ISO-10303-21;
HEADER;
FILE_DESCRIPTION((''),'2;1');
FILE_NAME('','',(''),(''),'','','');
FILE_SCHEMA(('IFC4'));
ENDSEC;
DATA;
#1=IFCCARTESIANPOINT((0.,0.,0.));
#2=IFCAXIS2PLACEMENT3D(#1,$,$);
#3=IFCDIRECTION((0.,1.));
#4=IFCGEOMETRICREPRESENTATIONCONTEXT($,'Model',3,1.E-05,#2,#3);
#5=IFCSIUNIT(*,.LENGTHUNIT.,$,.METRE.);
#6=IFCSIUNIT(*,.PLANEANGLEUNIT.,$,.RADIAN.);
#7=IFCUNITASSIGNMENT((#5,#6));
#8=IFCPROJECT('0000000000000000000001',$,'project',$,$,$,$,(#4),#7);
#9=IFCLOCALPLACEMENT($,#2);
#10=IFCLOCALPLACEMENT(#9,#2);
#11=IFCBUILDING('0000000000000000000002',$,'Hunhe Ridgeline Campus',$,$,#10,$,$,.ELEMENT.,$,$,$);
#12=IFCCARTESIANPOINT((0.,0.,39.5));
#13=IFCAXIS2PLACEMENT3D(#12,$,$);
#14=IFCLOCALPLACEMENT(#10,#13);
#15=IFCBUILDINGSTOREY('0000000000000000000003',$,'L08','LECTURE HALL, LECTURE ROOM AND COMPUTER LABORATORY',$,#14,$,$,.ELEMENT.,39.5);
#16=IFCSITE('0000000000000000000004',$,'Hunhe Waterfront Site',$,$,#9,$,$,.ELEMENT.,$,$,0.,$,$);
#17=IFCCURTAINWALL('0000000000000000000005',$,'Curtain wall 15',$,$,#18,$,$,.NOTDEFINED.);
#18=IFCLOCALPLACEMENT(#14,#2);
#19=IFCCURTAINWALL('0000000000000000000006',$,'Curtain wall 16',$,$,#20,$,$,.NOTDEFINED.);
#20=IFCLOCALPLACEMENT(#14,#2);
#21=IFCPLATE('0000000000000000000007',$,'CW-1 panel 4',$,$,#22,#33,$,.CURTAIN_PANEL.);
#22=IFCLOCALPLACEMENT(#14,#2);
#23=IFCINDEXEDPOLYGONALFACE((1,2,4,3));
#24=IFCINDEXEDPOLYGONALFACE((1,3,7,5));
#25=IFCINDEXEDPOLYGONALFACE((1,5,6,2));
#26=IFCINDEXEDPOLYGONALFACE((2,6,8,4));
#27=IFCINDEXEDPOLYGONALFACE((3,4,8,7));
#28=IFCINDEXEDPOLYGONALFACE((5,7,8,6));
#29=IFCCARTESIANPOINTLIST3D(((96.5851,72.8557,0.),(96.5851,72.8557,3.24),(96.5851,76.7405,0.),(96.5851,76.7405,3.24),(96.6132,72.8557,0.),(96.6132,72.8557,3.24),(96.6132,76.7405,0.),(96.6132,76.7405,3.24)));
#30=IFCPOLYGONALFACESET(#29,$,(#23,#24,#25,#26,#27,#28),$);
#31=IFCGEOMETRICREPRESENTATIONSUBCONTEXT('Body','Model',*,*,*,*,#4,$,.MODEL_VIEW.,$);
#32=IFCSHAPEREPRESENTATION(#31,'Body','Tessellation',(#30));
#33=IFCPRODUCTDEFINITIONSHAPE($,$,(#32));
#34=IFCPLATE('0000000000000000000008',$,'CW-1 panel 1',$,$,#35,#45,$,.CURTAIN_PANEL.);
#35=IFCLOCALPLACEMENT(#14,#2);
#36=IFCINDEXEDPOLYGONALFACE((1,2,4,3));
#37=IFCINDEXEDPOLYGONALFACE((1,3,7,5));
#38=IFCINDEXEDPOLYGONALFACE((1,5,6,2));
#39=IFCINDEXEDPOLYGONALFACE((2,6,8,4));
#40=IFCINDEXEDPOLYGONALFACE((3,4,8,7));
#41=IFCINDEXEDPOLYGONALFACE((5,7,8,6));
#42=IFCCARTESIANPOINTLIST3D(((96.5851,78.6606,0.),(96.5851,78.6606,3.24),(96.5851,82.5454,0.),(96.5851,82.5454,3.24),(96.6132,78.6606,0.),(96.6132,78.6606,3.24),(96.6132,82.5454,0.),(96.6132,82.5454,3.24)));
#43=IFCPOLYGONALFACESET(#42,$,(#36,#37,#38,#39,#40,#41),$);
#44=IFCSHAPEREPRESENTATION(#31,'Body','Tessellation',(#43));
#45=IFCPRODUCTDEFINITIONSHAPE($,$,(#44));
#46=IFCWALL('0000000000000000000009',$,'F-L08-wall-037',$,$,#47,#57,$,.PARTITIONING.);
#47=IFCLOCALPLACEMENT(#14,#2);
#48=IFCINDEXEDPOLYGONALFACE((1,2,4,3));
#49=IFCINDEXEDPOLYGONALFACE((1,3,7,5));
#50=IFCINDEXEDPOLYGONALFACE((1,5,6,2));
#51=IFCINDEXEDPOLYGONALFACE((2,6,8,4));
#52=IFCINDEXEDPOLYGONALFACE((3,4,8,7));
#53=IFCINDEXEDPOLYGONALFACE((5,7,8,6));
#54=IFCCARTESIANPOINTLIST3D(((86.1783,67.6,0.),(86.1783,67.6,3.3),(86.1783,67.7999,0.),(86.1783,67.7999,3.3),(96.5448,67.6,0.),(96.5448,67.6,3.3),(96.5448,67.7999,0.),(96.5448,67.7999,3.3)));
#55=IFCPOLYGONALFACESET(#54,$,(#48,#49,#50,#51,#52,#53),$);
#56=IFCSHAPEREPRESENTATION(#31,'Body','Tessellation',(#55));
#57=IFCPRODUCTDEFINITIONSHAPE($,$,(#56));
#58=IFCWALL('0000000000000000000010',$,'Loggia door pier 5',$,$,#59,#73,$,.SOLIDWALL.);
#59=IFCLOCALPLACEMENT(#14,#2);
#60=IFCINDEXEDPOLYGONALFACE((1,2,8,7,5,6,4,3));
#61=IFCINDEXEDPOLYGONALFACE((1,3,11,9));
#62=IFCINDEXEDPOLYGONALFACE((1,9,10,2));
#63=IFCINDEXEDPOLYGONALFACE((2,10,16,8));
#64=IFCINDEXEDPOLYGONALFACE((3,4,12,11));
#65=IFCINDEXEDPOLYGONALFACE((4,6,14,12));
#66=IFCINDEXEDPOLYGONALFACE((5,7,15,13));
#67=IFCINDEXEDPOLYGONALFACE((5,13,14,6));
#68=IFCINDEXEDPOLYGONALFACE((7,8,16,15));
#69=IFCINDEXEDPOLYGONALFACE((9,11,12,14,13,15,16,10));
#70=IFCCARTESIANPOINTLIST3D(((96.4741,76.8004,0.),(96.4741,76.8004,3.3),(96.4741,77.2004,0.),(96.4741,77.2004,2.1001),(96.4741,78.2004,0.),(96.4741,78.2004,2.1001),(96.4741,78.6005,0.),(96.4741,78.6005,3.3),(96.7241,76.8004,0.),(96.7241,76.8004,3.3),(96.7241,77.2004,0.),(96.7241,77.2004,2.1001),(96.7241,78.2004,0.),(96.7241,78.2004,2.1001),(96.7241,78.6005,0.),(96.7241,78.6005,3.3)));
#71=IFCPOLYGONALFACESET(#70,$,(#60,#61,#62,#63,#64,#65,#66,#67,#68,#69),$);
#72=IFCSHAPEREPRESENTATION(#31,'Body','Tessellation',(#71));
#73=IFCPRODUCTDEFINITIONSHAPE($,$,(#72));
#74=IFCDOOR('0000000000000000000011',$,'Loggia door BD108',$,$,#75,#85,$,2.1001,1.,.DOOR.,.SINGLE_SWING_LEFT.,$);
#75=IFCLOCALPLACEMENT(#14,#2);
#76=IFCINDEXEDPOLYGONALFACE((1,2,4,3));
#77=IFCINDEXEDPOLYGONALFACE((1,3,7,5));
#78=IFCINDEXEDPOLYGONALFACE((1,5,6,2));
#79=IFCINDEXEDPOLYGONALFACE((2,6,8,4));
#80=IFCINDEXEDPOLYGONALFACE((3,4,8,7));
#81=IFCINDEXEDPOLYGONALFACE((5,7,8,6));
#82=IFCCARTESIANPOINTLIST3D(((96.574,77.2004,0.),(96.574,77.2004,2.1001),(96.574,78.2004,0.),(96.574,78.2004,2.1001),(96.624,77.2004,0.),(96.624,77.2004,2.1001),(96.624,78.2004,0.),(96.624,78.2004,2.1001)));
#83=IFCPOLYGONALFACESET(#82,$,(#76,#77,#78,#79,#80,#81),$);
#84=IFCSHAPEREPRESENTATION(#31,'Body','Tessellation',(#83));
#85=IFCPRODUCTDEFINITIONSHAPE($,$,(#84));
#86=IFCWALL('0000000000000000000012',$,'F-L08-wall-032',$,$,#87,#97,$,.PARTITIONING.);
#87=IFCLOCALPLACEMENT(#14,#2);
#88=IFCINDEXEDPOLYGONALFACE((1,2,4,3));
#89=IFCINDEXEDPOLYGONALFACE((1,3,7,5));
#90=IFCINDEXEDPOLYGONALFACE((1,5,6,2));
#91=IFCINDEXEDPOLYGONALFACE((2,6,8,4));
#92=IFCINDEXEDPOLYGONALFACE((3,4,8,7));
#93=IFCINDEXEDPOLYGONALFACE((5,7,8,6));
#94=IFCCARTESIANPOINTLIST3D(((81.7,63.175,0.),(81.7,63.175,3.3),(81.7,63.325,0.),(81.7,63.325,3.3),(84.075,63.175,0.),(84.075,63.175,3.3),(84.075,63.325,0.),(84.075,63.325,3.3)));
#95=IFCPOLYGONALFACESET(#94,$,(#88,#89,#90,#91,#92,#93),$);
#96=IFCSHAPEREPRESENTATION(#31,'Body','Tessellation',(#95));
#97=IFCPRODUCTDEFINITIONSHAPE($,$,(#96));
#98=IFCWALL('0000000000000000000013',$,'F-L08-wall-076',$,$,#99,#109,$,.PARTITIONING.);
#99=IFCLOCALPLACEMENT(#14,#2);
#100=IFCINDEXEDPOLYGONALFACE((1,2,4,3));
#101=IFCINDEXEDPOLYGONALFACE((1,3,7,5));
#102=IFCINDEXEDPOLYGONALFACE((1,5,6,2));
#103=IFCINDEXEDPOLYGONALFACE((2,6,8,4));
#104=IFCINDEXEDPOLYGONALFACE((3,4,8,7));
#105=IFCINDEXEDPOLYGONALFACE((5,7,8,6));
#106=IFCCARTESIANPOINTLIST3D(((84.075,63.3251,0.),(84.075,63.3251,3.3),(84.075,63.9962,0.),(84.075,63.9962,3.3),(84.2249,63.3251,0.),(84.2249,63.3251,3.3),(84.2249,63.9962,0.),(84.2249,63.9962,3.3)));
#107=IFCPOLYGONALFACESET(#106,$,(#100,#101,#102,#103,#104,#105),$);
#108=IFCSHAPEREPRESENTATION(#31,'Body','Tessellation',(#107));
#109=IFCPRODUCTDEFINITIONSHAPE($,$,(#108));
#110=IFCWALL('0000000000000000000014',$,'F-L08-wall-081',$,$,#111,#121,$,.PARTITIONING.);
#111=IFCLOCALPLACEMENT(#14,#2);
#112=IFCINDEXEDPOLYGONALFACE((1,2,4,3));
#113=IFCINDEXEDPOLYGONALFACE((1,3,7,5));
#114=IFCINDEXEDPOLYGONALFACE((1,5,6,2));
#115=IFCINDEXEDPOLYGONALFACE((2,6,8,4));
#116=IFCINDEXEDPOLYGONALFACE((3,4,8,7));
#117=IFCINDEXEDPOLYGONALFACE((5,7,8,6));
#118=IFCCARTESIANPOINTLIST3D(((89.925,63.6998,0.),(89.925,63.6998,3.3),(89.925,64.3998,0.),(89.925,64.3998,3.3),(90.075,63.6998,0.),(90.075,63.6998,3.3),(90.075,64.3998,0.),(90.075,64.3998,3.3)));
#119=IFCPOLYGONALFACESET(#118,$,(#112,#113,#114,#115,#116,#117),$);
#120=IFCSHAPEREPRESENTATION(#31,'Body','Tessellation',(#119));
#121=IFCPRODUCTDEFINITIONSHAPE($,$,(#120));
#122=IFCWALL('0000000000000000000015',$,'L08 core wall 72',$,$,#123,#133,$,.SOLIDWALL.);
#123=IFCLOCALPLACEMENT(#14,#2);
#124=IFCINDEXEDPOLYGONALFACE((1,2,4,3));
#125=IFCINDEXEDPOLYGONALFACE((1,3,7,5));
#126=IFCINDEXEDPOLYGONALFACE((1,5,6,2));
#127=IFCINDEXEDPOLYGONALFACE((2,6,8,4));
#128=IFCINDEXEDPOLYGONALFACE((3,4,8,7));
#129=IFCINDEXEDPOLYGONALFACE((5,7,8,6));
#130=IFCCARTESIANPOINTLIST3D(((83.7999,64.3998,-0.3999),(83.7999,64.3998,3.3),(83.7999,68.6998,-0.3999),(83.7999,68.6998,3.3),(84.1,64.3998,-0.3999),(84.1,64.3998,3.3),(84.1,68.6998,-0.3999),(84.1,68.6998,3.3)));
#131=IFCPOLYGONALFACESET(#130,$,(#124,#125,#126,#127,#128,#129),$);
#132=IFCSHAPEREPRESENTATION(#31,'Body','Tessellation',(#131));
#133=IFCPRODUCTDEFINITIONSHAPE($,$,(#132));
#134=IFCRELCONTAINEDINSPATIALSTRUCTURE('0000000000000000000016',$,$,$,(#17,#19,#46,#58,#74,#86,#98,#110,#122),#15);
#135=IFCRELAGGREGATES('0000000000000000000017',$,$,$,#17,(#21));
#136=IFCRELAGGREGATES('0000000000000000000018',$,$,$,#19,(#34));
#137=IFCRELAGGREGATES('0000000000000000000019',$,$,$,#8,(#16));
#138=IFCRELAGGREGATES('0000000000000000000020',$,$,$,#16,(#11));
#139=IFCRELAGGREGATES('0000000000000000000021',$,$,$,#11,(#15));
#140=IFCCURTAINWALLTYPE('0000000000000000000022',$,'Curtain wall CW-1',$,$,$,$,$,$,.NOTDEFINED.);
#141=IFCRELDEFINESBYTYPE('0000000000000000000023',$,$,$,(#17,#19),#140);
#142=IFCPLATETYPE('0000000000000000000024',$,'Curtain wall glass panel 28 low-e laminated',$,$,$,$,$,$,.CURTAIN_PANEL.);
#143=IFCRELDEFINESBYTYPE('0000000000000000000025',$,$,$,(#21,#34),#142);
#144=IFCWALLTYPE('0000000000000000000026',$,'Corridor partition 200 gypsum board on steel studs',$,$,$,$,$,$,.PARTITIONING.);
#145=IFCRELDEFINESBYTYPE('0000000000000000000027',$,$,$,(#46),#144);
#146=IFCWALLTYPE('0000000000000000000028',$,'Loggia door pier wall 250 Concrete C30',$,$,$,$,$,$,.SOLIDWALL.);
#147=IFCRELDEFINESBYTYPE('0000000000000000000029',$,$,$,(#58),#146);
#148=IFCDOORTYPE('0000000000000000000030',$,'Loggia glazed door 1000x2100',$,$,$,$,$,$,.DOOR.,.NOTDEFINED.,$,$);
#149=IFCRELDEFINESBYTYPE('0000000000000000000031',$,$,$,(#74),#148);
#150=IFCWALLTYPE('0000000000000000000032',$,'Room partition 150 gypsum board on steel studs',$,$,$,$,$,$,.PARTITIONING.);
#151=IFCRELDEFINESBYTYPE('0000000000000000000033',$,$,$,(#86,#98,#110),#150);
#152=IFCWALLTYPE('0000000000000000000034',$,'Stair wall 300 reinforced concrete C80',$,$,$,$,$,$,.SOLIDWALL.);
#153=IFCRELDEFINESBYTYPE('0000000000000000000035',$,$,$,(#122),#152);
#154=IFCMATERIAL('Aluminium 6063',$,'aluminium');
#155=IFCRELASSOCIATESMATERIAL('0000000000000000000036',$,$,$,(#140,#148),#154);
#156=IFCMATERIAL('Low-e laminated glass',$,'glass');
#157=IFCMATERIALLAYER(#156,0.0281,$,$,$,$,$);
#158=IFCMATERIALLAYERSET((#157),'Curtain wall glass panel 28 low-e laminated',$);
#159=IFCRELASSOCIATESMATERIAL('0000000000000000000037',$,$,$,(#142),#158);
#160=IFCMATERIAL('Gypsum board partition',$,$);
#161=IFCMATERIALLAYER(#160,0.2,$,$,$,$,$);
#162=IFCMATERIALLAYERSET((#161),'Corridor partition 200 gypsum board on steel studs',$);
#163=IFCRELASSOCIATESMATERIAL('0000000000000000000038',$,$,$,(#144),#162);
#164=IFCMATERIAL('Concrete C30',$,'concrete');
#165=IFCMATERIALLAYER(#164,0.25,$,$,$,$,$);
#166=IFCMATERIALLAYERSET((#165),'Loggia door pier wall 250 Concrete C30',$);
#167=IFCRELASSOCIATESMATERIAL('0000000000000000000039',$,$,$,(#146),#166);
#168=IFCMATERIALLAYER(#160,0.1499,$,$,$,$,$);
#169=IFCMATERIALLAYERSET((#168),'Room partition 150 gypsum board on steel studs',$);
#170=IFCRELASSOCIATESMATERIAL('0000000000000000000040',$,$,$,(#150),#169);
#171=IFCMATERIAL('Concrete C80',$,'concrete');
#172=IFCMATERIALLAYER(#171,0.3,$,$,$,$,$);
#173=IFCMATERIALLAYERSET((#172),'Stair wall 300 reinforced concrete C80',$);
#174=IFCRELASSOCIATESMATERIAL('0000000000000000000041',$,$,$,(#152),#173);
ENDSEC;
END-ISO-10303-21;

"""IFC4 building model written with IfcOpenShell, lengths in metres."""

from ifc_helpers import new_model, si_unit, direction, frame, frame_2d, origin, origin_2d, place, context, subcontext, project, spatial, rectangle, extrude, material, layer, layer_set, type_object, element, fill, aggregate, save


model = new_model("IFC4")

# Units and contexts
model_context = context("Model", 3, precision=1e-05, world=origin(), true_north=direction((0.0, 1.0)))
body_context = subcontext(model_context, "Body", "Model", "MODEL_VIEW")
ifc_project = project(units=[si_unit("LENGTHUNIT", "METRE"), si_unit("PLANEANGLEUNIT", "RADIAN")], contexts=[model_context])

# Site, building, storey
site_placement = place(None, origin())
site = spatial("IfcSite", under=ifc_project, at=site_placement, Name="Hunhe Waterfront Site", CompositionType="ELEMENT", RefElevation=0.0)
building_placement = place(site_placement, origin())
building = spatial("IfcBuilding", under=site, at=building_placement, Name="Hunhe Ridgeline Campus", CompositionType="ELEMENT")
storey_placement = place(building_placement, frame((0.0, 0.0, 39.5)))
storey = spatial("IfcBuildingStorey", under=building, at=storey_placement, Name="L08", Description="LECTURE HALL, LECTURE ROOM AND COMPUTER LABORATORY", CompositionType="ELEMENT", Elevation=39.5)

# Shared definitions
ifc_material_1 = material(Name="Concrete C80", Category="concrete")

# Curtain walls
ifc_material_2 = material(Name="Aluminium 6063", Category="aluminium")
curtain_wall_type = type_object("IfcCurtainWallType", Name="Curtain wall CW-1", PredefinedType="NOTDEFINED", material=ifc_material_2)
curtain_wall_1_placement = place(storey_placement, origin())
curtain_wall_1 = element("IfcCurtainWall", 1, at=curtain_wall_1_placement, inside=storey, type_object=curtain_wall_type, Name="Curtain wall 15", PredefinedType="NOTDEFINED")
curtain_wall_2_placement = place(storey_placement, origin())
curtain_wall_2 = element("IfcCurtainWall", 2, at=curtain_wall_2_placement, inside=storey, type_object=curtain_wall_type, Name="Curtain wall 16", PredefinedType="NOTDEFINED")

# Plates
ifc_material_3 = material(Name="Low-e laminated glass", Category="glass")
ifc_layer_1 = layer(ifc_material_3, 0.0281)
ifc_layer_set_1 = layer_set([ifc_layer_1], Name="Curtain wall glass panel 28 low-e laminated")
plate_type = type_object("IfcPlateType", Name="Curtain wall glass panel 28 low-e laminated", PredefinedType="CURTAIN_PANEL", material=ifc_layer_set_1)
plate_1_placement = place(storey_placement, frame((96.5991, 74.7981, 0.0), z_axis=(0.0, 0.0, 1.0), x_axis=(0.0, 1.0, 0.0)))
plate_1 = element("IfcPlate", 3, at=plate_1_placement, type_object=plate_type, Name="CW-1 panel 4", PredefinedType="CURTAIN_PANEL", context=body_context, shape_type="SweptSolid", body=[
    extrude(rectangle(XDim=3.8848, YDim=0.0281, at=origin_2d()), origin(), (0.0, 0.0, 1.0), 3.24),
])
aggregate(curtain_wall_1, [plate_1])
plate_2_placement = place(storey_placement, frame((96.5991, 80.603, 0.0), z_axis=(0.0, 0.0, 1.0), x_axis=(0.0, 1.0, 0.0)))
plate_2 = element("IfcPlate", 4, at=plate_2_placement, type_object=plate_type, Name="CW-1 panel 1", PredefinedType="CURTAIN_PANEL", context=body_context, shape_type="SweptSolid", body=[
    extrude(rectangle(XDim=3.8848, YDim=0.0281, at=origin_2d()), origin(), (0.0, 0.0, 1.0), 3.24),
])
aggregate(curtain_wall_2, [plate_2])

# Shared definitions
ifc_material_4 = material(Name="Gypsum board partition")
ifc_layer_2 = layer(ifc_material_4, 0.2)
ifc_layer_set_2 = layer_set([ifc_layer_2], Name="Corridor partition 200 gypsum board on steel studs")
wall_type_1 = type_object("IfcWallType", Name="Corridor partition 200 gypsum board on steel studs", PredefinedType="PARTITIONING", material=ifc_layer_set_2)

# Wall
wall_1_placement = place(storey_placement, frame((86.1785, 67.7, 0.0), z_axis=(0.0, 0.0, 1.0), x_axis=(1.0, 0.0, 0.0)))
element("IfcWall", 5, at=wall_1_placement, inside=storey, type_object=wall_type_1, Name="F-L08-wall-037", PredefinedType="PARTITIONING", context=body_context, shape_type="SweptSolid", body=[
    extrude(rectangle(XDim=10.3665, YDim=0.2, at=frame_2d((5.1831, 0.0))), origin(), (0.0, 0.0, 1.0), 3.3),
])

# Wall, opening, door
ifc_material_5 = material(Name="Concrete C30", Category="concrete")
ifc_layer_3 = layer(ifc_material_5, 0.25)
ifc_layer_set_3 = layer_set([ifc_layer_3], Name="Loggia door pier wall 250 Concrete C30")
wall_type_2 = type_object("IfcWallType", Name="Loggia door pier wall 250 Concrete C30", PredefinedType="SOLIDWALL", material=ifc_layer_set_3)
wall_2_placement = place(storey_placement, frame((96.5991, 76.8005, 0.0), z_axis=(0.0, 0.0, 1.0), x_axis=(0.0, 1.0, 0.0)))
wall_2 = element("IfcWall", 6, at=wall_2_placement, inside=storey, type_object=wall_type_2, Name="Loggia door pier 5", PredefinedType="SOLIDWALL", context=body_context, shape_type="SweptSolid", body=[
    extrude(rectangle(XDim=1.8, YDim=0.25, at=frame_2d((0.8999, 0.0))), origin(), (0.0, 0.0, 1.0), 3.3),
])
opening_1_placement = place(wall_2_placement, frame((0.3999, 0.0, 0.0)))
opening_1 = element("IfcOpeningElement", 7, at=opening_1_placement, cuts=wall_2, PredefinedType="OPENING", context=body_context, shape_type="SweptSolid", body=[
    extrude(rectangle(XDim=1.0, YDim=2.1001, at=frame_2d((0.5, 1.05))), frame((0.0, 0.125, 0.0), z_axis=(0.0, -1.0, 0.0), x_axis=(1.0, 0.0, 0.0)), (0.0, 0.0, 1.0), 0.25),
])
door_type_1 = type_object("IfcDoorType", Name="Loggia glazed door 1000x2100", OperationType="NOTDEFINED", PredefinedType="DOOR", material=ifc_material_2)
door_1_placement = place(opening_1_placement, frame((1.0, 0.0, 0.0), z_axis=(0.0, 0.0, 1.0), x_axis=(-1.0, 0.0, 0.0)))
door_1 = element("IfcDoor", 8, at=door_1_placement, inside=storey, type_object=door_type_1, Name="Loggia door BD108", OperationType="SINGLE_SWING_LEFT", OverallHeight=2.1001, OverallWidth=1.0, PredefinedType="DOOR", context=body_context, shape_type="SweptSolid", body=[
    extrude(rectangle(XDim=1.0, YDim=2.1001, at=frame_2d((0.5, 1.05))), frame((0.0, 0.0249, 0.0), z_axis=(0.0, -1.0, 0.0), x_axis=(1.0, 0.0, 0.0)), (0.0, 0.0, 1.0), 0.05),
])
fill(opening_1, door_1)

# Walls
ifc_layer_4 = layer(ifc_material_4, 0.1499)
ifc_layer_set_4 = layer_set([ifc_layer_4], Name="Room partition 150 gypsum board on steel studs")
wall_type_3 = type_object("IfcWallType", Name="Room partition 150 gypsum board on steel studs", PredefinedType="PARTITIONING", material=ifc_layer_set_4)
wall_3_placement = place(storey_placement, frame((81.7, 63.25, 0.0), z_axis=(0.0, 0.0, 1.0), x_axis=(1.0, 0.0, 0.0)))
element("IfcWall", 9, at=wall_3_placement, inside=storey, type_object=wall_type_3, Name="F-L08-wall-032", PredefinedType="PARTITIONING", context=body_context, shape_type="SweptSolid", body=[
    extrude(rectangle(XDim=2.375, YDim=0.1499, at=frame_2d((1.1875, 0.0))), origin(), (0.0, 0.0, 1.0), 3.3),
])
wall_4_placement = place(storey_placement, frame((84.1499, 63.9961, 0.0), z_axis=(0.0, 0.0, 1.0), x_axis=(0.0, -1.0, 0.0)))
element("IfcWall", 10, at=wall_4_placement, inside=storey, type_object=wall_type_3, Name="F-L08-wall-076", PredefinedType="PARTITIONING", context=body_context, shape_type="SweptSolid", body=[
    extrude(rectangle(XDim=0.6711, YDim=0.1499, at=frame_2d((0.3354, 0.0))), origin(), (0.0, 0.0, 1.0), 3.3),
])
wall_5_placement = place(storey_placement, frame((90.0, 64.3999, 0.0), z_axis=(0.0, 0.0, 1.0), x_axis=(0.0, -1.0, 0.0)))
element("IfcWall", 11, at=wall_5_placement, inside=storey, type_object=wall_type_3, Name="F-L08-wall-081", PredefinedType="PARTITIONING", context=body_context, shape_type="SweptSolid", body=[
    extrude(rectangle(XDim=0.7, YDim=0.1499, at=frame_2d((0.3501, 0.0))), origin(), (0.0, 0.0, 1.0), 3.3),
])
ifc_layer_5 = layer(ifc_material_1, 0.3)
ifc_layer_set_5 = layer_set([ifc_layer_5], Name="Stair wall 300 reinforced concrete C80")
wall_type_4 = type_object("IfcWallType", Name="Stair wall 300 reinforced concrete C80", PredefinedType="SOLIDWALL", material=ifc_layer_set_5)
wall_6_placement = place(storey_placement, frame((83.95, 64.3999, -0.3999), z_axis=(0.0, 0.0, 1.0), x_axis=(0.0, 1.0, 0.0)))
element("IfcWall", 12, at=wall_6_placement, inside=storey, type_object=wall_type_4, Name="L08 core wall 72", PredefinedType="SOLIDWALL", context=body_context, shape_type="SweptSolid", body=[
    extrude(rectangle(XDim=4.3, YDim=0.3, at=frame_2d((2.1499, 0.0))), origin(), (0.0, 0.0, 1.0), 3.7),
])

save(model, "model.ifc")
